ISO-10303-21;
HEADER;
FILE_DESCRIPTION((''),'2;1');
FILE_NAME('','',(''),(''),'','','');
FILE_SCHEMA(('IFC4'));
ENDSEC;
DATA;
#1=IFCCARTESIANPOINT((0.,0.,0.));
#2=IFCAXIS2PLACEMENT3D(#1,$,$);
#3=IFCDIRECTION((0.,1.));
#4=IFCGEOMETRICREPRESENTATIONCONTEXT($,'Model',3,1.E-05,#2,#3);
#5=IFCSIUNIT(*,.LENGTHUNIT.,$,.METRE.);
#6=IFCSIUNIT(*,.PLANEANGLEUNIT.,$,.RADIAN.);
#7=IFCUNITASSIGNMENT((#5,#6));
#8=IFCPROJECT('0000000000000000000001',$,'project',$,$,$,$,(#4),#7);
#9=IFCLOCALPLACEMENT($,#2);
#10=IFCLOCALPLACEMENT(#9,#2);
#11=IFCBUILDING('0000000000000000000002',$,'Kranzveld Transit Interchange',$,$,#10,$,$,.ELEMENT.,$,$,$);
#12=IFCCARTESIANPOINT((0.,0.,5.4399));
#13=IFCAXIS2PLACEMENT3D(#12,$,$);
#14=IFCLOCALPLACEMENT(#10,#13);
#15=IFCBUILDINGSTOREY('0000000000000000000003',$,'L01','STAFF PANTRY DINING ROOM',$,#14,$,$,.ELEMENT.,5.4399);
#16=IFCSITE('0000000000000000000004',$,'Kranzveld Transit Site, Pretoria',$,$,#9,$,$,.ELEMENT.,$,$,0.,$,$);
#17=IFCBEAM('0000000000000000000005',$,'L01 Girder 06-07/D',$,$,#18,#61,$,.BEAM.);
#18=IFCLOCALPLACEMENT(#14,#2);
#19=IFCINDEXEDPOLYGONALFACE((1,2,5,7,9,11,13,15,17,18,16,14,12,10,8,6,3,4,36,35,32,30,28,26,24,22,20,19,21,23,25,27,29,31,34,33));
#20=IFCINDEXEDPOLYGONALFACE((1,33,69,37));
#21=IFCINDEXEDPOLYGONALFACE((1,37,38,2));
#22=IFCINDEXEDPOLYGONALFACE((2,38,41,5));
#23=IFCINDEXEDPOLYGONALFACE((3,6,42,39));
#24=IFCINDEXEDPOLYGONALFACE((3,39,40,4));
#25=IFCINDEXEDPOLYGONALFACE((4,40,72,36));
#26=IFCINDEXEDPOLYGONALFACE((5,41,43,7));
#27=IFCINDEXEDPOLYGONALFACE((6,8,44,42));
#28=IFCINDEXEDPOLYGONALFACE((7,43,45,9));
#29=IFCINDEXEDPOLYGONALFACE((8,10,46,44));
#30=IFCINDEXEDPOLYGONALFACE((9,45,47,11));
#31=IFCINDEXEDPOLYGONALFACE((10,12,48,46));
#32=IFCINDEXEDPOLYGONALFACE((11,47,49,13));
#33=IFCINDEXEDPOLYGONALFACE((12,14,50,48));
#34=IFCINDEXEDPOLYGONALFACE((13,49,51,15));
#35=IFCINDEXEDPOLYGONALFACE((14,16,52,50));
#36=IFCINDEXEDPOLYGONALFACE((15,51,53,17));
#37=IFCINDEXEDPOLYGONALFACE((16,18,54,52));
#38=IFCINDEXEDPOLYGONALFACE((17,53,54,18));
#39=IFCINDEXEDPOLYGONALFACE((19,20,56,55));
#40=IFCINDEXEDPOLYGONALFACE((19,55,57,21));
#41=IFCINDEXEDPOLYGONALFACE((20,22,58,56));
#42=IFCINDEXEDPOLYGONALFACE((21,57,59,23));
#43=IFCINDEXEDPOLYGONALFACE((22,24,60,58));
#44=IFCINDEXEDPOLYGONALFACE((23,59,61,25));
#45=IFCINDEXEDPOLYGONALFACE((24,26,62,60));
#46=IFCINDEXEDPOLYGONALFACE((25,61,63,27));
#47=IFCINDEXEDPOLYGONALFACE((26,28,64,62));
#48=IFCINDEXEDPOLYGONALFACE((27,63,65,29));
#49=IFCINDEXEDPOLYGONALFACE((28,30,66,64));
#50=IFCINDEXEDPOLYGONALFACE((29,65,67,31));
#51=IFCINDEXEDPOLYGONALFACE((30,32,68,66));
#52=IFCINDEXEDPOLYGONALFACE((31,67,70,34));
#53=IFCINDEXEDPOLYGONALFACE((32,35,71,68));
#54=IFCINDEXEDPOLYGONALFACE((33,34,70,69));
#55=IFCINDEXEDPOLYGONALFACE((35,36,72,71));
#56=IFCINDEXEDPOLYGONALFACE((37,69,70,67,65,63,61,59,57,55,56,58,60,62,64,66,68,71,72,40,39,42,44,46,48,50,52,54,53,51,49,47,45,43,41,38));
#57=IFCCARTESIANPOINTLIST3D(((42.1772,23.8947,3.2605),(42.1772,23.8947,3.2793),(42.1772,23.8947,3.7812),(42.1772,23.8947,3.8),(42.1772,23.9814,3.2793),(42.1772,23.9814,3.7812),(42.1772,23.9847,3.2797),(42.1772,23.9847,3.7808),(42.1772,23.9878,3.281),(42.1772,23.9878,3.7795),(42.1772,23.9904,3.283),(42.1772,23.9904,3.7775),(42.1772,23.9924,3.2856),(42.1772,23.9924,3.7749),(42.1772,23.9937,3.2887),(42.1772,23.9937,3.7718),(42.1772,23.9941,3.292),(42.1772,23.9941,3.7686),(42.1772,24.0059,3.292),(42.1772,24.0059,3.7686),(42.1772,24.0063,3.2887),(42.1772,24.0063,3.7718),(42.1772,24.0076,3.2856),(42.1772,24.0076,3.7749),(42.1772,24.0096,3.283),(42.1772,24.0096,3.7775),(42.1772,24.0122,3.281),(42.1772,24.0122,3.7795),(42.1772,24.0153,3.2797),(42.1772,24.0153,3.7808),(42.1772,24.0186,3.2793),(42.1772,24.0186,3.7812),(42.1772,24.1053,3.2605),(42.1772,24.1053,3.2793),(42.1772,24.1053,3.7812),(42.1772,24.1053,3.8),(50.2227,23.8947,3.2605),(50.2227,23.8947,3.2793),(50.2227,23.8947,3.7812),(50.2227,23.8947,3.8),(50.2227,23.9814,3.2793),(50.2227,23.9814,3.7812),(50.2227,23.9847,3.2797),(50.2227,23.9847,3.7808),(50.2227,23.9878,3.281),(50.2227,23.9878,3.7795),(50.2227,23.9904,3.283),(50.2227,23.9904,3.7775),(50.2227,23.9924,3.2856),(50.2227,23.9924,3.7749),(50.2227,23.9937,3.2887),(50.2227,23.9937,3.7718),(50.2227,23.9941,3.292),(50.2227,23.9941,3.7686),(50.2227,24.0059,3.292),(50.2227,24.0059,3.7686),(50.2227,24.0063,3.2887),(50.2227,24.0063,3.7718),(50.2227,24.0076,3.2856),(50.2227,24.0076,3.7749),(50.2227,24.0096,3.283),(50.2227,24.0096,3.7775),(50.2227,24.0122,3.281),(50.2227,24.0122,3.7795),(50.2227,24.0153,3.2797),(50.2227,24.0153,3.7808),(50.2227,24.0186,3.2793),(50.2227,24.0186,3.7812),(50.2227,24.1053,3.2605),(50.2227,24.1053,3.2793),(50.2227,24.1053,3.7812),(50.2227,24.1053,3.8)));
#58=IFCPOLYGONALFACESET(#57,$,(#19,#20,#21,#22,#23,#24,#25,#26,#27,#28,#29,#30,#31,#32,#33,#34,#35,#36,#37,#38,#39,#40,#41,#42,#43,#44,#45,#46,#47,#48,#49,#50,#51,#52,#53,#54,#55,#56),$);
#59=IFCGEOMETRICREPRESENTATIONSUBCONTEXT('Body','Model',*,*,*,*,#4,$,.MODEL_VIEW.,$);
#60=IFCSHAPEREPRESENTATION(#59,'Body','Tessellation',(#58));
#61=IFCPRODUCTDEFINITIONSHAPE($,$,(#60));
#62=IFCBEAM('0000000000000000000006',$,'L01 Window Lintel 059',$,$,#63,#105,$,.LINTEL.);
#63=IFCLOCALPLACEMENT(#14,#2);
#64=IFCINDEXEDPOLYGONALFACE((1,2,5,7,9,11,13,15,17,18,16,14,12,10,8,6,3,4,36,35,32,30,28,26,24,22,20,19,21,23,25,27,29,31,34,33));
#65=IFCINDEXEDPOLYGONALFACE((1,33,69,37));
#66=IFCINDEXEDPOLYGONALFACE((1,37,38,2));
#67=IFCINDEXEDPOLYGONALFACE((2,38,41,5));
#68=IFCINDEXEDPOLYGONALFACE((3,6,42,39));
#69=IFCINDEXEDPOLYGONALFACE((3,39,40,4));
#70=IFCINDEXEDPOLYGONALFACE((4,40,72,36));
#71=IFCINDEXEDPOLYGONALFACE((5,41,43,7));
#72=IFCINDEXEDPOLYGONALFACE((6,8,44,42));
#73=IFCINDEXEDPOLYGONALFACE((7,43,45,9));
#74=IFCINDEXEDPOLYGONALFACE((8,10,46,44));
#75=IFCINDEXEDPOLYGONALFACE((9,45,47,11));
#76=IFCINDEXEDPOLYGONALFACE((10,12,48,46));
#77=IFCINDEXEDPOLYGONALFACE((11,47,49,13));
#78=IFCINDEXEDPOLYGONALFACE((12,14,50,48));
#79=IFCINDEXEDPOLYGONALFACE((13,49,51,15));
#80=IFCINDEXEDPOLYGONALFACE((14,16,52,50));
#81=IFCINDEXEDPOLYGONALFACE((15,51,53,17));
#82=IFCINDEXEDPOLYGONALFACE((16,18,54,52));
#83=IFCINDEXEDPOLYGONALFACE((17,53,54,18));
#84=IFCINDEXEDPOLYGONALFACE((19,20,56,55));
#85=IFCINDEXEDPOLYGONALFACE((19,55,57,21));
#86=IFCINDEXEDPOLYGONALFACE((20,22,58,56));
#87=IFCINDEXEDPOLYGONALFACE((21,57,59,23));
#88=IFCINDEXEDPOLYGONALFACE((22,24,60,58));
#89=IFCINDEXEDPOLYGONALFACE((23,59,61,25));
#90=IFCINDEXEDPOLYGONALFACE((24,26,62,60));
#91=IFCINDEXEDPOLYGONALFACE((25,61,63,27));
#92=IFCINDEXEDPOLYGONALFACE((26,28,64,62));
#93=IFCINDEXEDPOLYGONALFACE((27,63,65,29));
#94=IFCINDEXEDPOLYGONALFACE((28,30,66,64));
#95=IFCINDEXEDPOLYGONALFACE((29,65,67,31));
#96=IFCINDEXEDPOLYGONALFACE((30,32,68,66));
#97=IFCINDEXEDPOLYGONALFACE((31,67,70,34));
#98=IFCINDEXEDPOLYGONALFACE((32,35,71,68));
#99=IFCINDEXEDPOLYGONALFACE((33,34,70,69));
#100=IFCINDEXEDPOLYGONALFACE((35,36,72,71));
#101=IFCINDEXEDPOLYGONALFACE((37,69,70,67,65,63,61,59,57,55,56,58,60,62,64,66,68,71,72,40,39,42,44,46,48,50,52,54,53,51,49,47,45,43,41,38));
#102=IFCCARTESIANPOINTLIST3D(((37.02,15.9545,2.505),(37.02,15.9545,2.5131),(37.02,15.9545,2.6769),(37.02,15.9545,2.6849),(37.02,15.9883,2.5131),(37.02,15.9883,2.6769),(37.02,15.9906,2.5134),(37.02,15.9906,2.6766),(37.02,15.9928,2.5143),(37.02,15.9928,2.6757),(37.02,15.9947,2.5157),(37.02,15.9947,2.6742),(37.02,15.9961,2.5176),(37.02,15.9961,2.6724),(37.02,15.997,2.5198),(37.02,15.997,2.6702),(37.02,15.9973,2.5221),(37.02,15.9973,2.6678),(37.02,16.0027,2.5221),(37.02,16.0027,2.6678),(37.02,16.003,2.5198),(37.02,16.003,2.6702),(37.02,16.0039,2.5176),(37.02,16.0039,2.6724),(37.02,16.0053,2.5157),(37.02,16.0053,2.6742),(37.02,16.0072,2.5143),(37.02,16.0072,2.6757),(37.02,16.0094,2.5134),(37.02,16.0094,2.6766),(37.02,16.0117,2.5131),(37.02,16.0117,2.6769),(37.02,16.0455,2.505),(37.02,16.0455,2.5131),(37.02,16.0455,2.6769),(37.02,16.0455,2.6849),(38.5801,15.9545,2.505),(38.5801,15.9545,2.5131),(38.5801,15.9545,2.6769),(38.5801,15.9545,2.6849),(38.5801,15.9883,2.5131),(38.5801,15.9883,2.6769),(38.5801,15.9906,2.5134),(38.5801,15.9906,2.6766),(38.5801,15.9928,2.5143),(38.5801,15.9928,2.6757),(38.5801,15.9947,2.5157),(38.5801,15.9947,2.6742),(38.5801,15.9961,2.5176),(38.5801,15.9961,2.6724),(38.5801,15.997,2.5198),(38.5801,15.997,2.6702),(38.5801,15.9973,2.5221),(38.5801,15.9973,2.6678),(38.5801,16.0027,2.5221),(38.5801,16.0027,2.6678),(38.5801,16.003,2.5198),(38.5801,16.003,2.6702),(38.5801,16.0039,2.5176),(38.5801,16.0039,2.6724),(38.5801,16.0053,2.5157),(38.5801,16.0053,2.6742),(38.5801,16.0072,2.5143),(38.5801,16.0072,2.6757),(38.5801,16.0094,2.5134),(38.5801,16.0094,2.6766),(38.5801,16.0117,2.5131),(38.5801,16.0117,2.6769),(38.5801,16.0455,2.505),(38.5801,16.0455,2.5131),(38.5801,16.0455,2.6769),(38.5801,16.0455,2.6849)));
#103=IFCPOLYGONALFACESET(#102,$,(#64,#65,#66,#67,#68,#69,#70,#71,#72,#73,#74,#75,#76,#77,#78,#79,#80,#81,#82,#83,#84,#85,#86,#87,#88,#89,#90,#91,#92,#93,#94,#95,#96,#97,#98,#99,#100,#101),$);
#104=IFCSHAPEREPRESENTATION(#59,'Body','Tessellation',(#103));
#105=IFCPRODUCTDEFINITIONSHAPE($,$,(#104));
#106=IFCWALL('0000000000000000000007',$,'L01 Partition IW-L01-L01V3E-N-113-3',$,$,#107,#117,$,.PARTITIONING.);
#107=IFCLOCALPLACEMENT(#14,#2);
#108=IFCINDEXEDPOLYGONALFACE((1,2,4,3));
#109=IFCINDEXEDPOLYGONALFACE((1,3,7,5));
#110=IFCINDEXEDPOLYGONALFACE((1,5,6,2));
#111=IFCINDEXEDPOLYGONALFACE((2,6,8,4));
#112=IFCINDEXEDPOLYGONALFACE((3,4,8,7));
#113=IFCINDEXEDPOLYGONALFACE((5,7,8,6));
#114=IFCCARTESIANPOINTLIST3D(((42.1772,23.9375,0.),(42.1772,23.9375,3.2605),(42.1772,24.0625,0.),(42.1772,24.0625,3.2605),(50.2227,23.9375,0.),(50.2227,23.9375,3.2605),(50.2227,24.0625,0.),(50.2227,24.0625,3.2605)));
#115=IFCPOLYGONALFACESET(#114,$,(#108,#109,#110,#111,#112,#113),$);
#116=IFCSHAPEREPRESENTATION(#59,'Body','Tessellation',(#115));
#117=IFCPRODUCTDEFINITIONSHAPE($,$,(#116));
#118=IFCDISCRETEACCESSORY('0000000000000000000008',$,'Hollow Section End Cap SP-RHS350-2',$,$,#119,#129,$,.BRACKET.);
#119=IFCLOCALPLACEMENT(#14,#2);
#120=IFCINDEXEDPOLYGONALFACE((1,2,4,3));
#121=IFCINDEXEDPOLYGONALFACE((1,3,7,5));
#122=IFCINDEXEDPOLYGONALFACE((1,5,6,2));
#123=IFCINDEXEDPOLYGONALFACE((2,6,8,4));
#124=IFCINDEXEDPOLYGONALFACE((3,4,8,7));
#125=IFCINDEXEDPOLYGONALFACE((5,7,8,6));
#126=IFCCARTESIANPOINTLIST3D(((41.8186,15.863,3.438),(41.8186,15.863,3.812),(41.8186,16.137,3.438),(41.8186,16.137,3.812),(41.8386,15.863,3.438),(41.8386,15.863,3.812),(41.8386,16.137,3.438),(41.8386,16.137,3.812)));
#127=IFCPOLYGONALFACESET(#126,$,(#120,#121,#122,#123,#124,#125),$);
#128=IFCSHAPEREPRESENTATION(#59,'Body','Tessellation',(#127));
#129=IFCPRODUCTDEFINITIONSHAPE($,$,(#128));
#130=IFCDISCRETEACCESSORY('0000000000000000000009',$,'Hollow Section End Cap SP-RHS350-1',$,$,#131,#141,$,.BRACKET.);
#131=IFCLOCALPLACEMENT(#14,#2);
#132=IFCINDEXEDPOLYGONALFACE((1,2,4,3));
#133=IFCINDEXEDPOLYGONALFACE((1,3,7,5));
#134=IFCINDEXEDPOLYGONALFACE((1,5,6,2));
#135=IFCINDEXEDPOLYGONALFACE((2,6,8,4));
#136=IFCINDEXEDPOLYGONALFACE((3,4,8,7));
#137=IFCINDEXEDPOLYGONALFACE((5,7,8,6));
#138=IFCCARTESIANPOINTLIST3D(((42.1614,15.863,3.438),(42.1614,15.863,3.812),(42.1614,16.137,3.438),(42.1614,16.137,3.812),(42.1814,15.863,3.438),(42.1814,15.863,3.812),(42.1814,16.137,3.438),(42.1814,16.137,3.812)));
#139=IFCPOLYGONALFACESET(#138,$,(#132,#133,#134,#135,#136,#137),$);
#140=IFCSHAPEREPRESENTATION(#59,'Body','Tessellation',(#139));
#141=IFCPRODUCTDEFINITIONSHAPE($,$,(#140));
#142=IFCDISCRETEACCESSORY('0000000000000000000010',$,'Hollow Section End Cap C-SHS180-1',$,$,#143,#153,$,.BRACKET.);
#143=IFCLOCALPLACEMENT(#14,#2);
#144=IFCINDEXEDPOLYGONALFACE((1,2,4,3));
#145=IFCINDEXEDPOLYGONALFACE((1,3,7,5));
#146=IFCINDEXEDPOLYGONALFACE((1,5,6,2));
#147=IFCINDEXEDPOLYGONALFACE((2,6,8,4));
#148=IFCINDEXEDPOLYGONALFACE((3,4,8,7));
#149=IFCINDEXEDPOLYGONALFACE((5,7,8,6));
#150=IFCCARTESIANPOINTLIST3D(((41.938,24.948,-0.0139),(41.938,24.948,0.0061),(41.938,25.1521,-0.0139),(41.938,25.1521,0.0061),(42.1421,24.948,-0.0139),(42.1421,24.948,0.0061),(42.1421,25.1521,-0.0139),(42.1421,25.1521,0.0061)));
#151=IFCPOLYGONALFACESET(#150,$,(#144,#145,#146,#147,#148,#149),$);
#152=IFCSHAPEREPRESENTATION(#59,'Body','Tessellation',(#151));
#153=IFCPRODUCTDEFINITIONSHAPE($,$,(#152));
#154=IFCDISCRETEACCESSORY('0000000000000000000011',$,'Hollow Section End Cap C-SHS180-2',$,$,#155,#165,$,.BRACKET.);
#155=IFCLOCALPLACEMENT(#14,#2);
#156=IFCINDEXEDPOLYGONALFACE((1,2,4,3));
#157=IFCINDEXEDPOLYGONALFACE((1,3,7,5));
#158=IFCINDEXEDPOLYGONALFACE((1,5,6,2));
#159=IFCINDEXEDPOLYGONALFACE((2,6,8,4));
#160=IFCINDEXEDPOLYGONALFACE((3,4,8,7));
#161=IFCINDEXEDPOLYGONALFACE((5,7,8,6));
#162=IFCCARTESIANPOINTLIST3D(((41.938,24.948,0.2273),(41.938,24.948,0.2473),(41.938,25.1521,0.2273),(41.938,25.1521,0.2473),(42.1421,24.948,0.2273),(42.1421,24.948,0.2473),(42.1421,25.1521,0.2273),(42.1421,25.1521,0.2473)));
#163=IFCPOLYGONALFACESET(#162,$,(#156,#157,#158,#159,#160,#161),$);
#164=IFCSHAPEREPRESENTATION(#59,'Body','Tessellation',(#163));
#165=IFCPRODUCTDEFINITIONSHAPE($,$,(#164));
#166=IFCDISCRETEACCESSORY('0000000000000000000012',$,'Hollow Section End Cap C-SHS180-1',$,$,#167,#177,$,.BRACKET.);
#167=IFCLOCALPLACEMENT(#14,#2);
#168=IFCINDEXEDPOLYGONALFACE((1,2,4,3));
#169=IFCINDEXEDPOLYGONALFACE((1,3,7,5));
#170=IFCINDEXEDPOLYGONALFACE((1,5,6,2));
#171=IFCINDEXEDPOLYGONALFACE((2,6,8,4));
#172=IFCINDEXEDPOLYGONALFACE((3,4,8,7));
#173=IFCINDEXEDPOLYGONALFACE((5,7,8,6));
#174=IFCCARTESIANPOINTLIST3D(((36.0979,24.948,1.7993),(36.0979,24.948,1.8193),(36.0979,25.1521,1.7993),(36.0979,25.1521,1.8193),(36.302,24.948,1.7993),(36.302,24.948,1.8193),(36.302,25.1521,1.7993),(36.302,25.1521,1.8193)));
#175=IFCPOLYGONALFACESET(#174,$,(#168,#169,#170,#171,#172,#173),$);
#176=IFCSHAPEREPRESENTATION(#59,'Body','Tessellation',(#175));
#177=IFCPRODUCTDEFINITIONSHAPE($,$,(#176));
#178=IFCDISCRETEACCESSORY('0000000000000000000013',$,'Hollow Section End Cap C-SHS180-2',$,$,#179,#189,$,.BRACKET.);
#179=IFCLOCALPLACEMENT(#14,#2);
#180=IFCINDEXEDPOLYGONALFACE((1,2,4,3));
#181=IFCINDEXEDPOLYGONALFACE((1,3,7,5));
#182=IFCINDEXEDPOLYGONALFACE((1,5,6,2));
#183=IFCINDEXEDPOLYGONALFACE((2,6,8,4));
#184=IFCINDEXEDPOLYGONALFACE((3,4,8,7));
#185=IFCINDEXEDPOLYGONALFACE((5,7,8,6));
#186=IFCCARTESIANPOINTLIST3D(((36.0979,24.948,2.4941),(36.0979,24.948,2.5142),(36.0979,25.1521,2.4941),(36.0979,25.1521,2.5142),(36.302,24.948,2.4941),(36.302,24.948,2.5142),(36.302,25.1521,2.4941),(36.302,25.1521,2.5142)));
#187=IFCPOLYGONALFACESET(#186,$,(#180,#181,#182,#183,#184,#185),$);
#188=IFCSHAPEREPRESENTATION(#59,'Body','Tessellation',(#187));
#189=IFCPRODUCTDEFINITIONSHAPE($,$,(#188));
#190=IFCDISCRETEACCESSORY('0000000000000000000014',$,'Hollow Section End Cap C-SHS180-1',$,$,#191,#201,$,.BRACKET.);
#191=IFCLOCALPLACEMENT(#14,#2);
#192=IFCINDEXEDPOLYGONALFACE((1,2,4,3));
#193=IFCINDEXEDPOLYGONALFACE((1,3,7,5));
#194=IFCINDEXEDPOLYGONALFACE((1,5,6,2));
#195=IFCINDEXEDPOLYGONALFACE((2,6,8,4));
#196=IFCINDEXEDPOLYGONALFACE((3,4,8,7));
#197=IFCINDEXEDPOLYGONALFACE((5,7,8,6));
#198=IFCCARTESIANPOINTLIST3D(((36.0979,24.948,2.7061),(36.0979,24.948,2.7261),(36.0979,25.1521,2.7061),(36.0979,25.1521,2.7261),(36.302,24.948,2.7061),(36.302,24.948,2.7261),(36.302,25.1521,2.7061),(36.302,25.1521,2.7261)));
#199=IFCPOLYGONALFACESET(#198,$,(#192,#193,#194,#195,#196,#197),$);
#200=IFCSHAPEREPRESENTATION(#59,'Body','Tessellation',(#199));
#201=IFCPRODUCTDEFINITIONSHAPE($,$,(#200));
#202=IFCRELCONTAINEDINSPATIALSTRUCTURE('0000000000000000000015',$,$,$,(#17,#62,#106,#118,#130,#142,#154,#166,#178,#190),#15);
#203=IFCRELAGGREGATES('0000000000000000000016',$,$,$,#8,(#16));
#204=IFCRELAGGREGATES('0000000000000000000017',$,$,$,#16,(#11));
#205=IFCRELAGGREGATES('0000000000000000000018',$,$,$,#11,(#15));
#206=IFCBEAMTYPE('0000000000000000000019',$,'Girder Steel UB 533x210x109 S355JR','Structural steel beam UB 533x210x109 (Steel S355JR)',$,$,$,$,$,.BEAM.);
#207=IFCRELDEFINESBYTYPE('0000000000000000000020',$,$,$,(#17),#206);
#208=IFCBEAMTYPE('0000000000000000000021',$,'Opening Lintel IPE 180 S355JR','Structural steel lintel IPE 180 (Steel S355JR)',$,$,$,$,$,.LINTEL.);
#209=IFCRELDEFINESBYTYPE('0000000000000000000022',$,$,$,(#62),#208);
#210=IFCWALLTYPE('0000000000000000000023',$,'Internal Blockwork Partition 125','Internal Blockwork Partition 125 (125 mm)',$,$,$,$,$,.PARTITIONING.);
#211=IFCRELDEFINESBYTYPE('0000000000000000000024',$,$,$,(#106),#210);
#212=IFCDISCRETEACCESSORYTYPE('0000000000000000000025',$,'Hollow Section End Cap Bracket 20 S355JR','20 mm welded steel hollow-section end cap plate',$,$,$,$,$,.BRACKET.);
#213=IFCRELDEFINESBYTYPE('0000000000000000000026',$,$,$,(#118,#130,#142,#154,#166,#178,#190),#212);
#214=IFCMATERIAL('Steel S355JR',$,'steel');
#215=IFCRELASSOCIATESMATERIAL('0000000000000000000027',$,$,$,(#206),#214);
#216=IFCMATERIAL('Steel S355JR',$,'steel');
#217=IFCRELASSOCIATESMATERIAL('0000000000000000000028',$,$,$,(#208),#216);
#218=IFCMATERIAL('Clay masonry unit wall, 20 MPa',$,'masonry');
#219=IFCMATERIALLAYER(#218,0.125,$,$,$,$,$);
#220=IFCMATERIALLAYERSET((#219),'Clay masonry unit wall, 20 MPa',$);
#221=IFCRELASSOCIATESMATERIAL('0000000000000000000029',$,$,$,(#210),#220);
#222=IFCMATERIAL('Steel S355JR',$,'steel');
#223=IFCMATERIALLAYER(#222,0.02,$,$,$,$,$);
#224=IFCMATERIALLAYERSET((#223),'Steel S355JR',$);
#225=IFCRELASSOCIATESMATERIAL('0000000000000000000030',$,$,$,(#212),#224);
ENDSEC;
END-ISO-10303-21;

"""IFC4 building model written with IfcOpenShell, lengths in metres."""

from ifc_helpers import new_model, si_unit, direction, frame, frame_2d, origin, origin_2d, place, context, subcontext, project, spatial, rectangle, i_section, extrude, material, layer, layer_set, material_profile, profile_set, type_object, element, save


model = new_model("IFC4")

# Units and contexts
model_context = context("Model", 3, precision=1e-05, world=origin(), true_north=direction((0.0, 1.0)))
body_context = subcontext(model_context, "Body", "Model", "MODEL_VIEW")
ifc_project = project(units=[si_unit("LENGTHUNIT", "METRE"), si_unit("PLANEANGLEUNIT", "RADIAN")], contexts=[model_context])

# Site, building, storey
site_placement = place(None, origin())
site = spatial("IfcSite", under=ifc_project, at=site_placement, Name="Kranzveld Transit Site, Pretoria", CompositionType="ELEMENT", RefElevation=0.0)
building_placement = place(site_placement, origin())
building = spatial("IfcBuilding", under=site, at=building_placement, Name="Kranzveld Transit Interchange", CompositionType="ELEMENT")
storey_placement = place(building_placement, frame((0.0, 0.0, 5.4399)))
storey = spatial("IfcBuildingStorey", under=building, at=storey_placement, Name="L01", Description="STAFF PANTRY DINING ROOM", CompositionType="ELEMENT", Elevation=5.4399)

# Beams
ifc_material_1 = material(Name="Steel S355JR", Category="steel")
ifc_material_profile_1 = material_profile(ifc_material_1, i_section(OverallWidth=0.2107, OverallDepth=0.5396, WebThickness=0.0117, FlangeThickness=0.0188, FilletRadius=0.0127, at=origin_2d()), Name="UB 533x210x109")
ifc_profile_set_1 = profile_set([ifc_material_profile_1], Name="Steel S355JR")
beam_type_1 = type_object("IfcBeamType", Name="Girder Steel UB 533x210x109 S355JR", Description="Structural steel beam UB 533x210x109 (Steel S355JR)", PredefinedType="BEAM", material=ifc_profile_set_1)
beam_1_placement = place(storey_placement, frame((42.1772, 24.0, 3.5303), z_axis=(1.0, 0.0, 0.0), x_axis=(0.0, 1.0, 0.0)))
element("IfcBeam", 1, at=beam_1_placement, inside=storey, type_object=beam_type_1, Name="L01 Girder 06-07/D", PredefinedType="BEAM", context=body_context, shape_type="SweptSolid", body=[
    extrude(i_section(OverallWidth=0.2107, OverallDepth=0.5396, WebThickness=0.0117, FlangeThickness=0.0188, FilletRadius=0.0127, at=origin_2d()), origin(), (0.0, 0.0, 1.0), 8.0454),
])
ifc_material_2 = material(Name="Steel S355JR", Category="steel")
ifc_material_profile_2 = material_profile(ifc_material_2, i_section(OverallWidth=0.0911, OverallDepth=0.1799, WebThickness=0.0054, FlangeThickness=0.0081, FilletRadius=0.009, at=origin_2d()), Name="IPE 180")
ifc_profile_set_2 = profile_set([ifc_material_profile_2], Name="Steel S355JR")
beam_type_2 = type_object("IfcBeamType", Name="Opening Lintel IPE 180 S355JR", Description="Structural steel lintel IPE 180 (Steel S355JR)", PredefinedType="LINTEL", material=ifc_profile_set_2)
beam_2_placement = place(storey_placement, frame((37.02, 16.0, 2.595), z_axis=(1.0, 0.0, 0.0), x_axis=(0.0, 1.0, 0.0)))
element("IfcBeam", 2, at=beam_2_placement, inside=storey, type_object=beam_type_2, Name="L01 Window Lintel 059", PredefinedType="LINTEL", context=body_context, shape_type="SweptSolid", body=[
    extrude(i_section(OverallWidth=0.0911, OverallDepth=0.1799, WebThickness=0.0054, FlangeThickness=0.0081, FilletRadius=0.009, at=origin_2d()), origin(), (0.0, 0.0, 1.0), 1.5601),
])

# Wall
ifc_material_3 = material(Name="Clay masonry unit wall, 20 MPa", Category="masonry")
ifc_layer_1 = layer(ifc_material_3, 0.125)
ifc_layer_set_1 = layer_set([ifc_layer_1], Name="Clay masonry unit wall, 20 MPa")
wall_type = type_object("IfcWallType", Name="Internal Blockwork Partition 125", Description="Internal Blockwork Partition 125 (125 mm)", PredefinedType="PARTITIONING", material=ifc_layer_set_1)
wall_placement = place(storey_placement, frame((42.1772, 24.0, 0.0), z_axis=(0.0, 0.0, 1.0), x_axis=(1.0, 0.0, 0.0)))
element("IfcWall", 3, at=wall_placement, inside=storey, type_object=wall_type, Name="L01 Partition IW-L01-L01V3E-N-113-3", PredefinedType="PARTITIONING", context=body_context, shape_type="SweptSolid", body=[
    extrude(rectangle(XDim=8.0454, YDim=0.125, at=frame_2d((4.0227, 0.0))), origin(), (0.0, 0.0, 1.0), 3.2605),
])

# Discrete accessories
ifc_material_4 = material(Name="Steel S355JR", Category="steel")
ifc_layer_2 = layer(ifc_material_4, 0.02)
ifc_layer_set_2 = layer_set([ifc_layer_2], Name="Steel S355JR")
discrete_accessory_type = type_object("IfcDiscreteAccessoryType", Name="Hollow Section End Cap Bracket 20 S355JR", Description="20 mm welded steel hollow-section end cap plate", PredefinedType="BRACKET", material=ifc_layer_set_2)
for number, where, z_axis, x_axis, name in (
    (4, (41.8186, 16.0, 3.625), (1.0, 0.0, 0.0), (0.0, 1.0, 0.0), "Hollow Section End Cap SP-RHS350-2"),
    (5, (42.1814, 16.0, 3.625), (-1.0, 0.0, 0.0), (0.0, -1.0, 0.0), "Hollow Section End Cap SP-RHS350-1"),
):
    element("IfcDiscreteAccessory", number, at=place(storey_placement, frame(where, z_axis=z_axis, x_axis=x_axis)), inside=storey, type_object=discrete_accessory_type, Name=name, PredefinedType="BRACKET", context=body_context, shape_type="SweptSolid", body=[
        extrude(rectangle(XDim=0.2739, YDim=0.374, at=origin_2d()), origin(), (0.0, 0.0, 1.0), 0.02),
    ])
for number, where, z_axis, x_axis, name in (
    (6, (42.04, 25.05, 0.0061), (0.0, 0.0, -1.0), (1.0, 0.0, 0.0), "Hollow Section End Cap C-SHS180-1"),
    (7, (42.04, 25.05, 0.2273), (0.0, 0.0, 1.0), (1.0, 0.0, 0.0), "Hollow Section End Cap C-SHS180-2"),
    (8, (36.2, 25.05, 1.8193), (0.0, 0.0, -1.0), (1.0, 0.0, 0.0), "Hollow Section End Cap C-SHS180-1"),
    (9, (36.2, 25.05, 2.4941), (0.0, 0.0, 1.0), (1.0, 0.0, 0.0), "Hollow Section End Cap C-SHS180-2"),
    (10, (36.2, 25.05, 2.7261), (0.0, 0.0, -1.0), (1.0, 0.0, 0.0), "Hollow Section End Cap C-SHS180-1"),
):
    element("IfcDiscreteAccessory", number, at=place(storey_placement, frame(where, z_axis=z_axis, x_axis=x_axis)), inside=storey, type_object=discrete_accessory_type, Name=name, PredefinedType="BRACKET", context=body_context, shape_type="SweptSolid", body=[
        extrude(rectangle(XDim=0.2041, YDim=0.2041, at=origin_2d()), origin(), (0.0, 0.0, 1.0), 0.02),
    ])

save(model, "model.ifc")
